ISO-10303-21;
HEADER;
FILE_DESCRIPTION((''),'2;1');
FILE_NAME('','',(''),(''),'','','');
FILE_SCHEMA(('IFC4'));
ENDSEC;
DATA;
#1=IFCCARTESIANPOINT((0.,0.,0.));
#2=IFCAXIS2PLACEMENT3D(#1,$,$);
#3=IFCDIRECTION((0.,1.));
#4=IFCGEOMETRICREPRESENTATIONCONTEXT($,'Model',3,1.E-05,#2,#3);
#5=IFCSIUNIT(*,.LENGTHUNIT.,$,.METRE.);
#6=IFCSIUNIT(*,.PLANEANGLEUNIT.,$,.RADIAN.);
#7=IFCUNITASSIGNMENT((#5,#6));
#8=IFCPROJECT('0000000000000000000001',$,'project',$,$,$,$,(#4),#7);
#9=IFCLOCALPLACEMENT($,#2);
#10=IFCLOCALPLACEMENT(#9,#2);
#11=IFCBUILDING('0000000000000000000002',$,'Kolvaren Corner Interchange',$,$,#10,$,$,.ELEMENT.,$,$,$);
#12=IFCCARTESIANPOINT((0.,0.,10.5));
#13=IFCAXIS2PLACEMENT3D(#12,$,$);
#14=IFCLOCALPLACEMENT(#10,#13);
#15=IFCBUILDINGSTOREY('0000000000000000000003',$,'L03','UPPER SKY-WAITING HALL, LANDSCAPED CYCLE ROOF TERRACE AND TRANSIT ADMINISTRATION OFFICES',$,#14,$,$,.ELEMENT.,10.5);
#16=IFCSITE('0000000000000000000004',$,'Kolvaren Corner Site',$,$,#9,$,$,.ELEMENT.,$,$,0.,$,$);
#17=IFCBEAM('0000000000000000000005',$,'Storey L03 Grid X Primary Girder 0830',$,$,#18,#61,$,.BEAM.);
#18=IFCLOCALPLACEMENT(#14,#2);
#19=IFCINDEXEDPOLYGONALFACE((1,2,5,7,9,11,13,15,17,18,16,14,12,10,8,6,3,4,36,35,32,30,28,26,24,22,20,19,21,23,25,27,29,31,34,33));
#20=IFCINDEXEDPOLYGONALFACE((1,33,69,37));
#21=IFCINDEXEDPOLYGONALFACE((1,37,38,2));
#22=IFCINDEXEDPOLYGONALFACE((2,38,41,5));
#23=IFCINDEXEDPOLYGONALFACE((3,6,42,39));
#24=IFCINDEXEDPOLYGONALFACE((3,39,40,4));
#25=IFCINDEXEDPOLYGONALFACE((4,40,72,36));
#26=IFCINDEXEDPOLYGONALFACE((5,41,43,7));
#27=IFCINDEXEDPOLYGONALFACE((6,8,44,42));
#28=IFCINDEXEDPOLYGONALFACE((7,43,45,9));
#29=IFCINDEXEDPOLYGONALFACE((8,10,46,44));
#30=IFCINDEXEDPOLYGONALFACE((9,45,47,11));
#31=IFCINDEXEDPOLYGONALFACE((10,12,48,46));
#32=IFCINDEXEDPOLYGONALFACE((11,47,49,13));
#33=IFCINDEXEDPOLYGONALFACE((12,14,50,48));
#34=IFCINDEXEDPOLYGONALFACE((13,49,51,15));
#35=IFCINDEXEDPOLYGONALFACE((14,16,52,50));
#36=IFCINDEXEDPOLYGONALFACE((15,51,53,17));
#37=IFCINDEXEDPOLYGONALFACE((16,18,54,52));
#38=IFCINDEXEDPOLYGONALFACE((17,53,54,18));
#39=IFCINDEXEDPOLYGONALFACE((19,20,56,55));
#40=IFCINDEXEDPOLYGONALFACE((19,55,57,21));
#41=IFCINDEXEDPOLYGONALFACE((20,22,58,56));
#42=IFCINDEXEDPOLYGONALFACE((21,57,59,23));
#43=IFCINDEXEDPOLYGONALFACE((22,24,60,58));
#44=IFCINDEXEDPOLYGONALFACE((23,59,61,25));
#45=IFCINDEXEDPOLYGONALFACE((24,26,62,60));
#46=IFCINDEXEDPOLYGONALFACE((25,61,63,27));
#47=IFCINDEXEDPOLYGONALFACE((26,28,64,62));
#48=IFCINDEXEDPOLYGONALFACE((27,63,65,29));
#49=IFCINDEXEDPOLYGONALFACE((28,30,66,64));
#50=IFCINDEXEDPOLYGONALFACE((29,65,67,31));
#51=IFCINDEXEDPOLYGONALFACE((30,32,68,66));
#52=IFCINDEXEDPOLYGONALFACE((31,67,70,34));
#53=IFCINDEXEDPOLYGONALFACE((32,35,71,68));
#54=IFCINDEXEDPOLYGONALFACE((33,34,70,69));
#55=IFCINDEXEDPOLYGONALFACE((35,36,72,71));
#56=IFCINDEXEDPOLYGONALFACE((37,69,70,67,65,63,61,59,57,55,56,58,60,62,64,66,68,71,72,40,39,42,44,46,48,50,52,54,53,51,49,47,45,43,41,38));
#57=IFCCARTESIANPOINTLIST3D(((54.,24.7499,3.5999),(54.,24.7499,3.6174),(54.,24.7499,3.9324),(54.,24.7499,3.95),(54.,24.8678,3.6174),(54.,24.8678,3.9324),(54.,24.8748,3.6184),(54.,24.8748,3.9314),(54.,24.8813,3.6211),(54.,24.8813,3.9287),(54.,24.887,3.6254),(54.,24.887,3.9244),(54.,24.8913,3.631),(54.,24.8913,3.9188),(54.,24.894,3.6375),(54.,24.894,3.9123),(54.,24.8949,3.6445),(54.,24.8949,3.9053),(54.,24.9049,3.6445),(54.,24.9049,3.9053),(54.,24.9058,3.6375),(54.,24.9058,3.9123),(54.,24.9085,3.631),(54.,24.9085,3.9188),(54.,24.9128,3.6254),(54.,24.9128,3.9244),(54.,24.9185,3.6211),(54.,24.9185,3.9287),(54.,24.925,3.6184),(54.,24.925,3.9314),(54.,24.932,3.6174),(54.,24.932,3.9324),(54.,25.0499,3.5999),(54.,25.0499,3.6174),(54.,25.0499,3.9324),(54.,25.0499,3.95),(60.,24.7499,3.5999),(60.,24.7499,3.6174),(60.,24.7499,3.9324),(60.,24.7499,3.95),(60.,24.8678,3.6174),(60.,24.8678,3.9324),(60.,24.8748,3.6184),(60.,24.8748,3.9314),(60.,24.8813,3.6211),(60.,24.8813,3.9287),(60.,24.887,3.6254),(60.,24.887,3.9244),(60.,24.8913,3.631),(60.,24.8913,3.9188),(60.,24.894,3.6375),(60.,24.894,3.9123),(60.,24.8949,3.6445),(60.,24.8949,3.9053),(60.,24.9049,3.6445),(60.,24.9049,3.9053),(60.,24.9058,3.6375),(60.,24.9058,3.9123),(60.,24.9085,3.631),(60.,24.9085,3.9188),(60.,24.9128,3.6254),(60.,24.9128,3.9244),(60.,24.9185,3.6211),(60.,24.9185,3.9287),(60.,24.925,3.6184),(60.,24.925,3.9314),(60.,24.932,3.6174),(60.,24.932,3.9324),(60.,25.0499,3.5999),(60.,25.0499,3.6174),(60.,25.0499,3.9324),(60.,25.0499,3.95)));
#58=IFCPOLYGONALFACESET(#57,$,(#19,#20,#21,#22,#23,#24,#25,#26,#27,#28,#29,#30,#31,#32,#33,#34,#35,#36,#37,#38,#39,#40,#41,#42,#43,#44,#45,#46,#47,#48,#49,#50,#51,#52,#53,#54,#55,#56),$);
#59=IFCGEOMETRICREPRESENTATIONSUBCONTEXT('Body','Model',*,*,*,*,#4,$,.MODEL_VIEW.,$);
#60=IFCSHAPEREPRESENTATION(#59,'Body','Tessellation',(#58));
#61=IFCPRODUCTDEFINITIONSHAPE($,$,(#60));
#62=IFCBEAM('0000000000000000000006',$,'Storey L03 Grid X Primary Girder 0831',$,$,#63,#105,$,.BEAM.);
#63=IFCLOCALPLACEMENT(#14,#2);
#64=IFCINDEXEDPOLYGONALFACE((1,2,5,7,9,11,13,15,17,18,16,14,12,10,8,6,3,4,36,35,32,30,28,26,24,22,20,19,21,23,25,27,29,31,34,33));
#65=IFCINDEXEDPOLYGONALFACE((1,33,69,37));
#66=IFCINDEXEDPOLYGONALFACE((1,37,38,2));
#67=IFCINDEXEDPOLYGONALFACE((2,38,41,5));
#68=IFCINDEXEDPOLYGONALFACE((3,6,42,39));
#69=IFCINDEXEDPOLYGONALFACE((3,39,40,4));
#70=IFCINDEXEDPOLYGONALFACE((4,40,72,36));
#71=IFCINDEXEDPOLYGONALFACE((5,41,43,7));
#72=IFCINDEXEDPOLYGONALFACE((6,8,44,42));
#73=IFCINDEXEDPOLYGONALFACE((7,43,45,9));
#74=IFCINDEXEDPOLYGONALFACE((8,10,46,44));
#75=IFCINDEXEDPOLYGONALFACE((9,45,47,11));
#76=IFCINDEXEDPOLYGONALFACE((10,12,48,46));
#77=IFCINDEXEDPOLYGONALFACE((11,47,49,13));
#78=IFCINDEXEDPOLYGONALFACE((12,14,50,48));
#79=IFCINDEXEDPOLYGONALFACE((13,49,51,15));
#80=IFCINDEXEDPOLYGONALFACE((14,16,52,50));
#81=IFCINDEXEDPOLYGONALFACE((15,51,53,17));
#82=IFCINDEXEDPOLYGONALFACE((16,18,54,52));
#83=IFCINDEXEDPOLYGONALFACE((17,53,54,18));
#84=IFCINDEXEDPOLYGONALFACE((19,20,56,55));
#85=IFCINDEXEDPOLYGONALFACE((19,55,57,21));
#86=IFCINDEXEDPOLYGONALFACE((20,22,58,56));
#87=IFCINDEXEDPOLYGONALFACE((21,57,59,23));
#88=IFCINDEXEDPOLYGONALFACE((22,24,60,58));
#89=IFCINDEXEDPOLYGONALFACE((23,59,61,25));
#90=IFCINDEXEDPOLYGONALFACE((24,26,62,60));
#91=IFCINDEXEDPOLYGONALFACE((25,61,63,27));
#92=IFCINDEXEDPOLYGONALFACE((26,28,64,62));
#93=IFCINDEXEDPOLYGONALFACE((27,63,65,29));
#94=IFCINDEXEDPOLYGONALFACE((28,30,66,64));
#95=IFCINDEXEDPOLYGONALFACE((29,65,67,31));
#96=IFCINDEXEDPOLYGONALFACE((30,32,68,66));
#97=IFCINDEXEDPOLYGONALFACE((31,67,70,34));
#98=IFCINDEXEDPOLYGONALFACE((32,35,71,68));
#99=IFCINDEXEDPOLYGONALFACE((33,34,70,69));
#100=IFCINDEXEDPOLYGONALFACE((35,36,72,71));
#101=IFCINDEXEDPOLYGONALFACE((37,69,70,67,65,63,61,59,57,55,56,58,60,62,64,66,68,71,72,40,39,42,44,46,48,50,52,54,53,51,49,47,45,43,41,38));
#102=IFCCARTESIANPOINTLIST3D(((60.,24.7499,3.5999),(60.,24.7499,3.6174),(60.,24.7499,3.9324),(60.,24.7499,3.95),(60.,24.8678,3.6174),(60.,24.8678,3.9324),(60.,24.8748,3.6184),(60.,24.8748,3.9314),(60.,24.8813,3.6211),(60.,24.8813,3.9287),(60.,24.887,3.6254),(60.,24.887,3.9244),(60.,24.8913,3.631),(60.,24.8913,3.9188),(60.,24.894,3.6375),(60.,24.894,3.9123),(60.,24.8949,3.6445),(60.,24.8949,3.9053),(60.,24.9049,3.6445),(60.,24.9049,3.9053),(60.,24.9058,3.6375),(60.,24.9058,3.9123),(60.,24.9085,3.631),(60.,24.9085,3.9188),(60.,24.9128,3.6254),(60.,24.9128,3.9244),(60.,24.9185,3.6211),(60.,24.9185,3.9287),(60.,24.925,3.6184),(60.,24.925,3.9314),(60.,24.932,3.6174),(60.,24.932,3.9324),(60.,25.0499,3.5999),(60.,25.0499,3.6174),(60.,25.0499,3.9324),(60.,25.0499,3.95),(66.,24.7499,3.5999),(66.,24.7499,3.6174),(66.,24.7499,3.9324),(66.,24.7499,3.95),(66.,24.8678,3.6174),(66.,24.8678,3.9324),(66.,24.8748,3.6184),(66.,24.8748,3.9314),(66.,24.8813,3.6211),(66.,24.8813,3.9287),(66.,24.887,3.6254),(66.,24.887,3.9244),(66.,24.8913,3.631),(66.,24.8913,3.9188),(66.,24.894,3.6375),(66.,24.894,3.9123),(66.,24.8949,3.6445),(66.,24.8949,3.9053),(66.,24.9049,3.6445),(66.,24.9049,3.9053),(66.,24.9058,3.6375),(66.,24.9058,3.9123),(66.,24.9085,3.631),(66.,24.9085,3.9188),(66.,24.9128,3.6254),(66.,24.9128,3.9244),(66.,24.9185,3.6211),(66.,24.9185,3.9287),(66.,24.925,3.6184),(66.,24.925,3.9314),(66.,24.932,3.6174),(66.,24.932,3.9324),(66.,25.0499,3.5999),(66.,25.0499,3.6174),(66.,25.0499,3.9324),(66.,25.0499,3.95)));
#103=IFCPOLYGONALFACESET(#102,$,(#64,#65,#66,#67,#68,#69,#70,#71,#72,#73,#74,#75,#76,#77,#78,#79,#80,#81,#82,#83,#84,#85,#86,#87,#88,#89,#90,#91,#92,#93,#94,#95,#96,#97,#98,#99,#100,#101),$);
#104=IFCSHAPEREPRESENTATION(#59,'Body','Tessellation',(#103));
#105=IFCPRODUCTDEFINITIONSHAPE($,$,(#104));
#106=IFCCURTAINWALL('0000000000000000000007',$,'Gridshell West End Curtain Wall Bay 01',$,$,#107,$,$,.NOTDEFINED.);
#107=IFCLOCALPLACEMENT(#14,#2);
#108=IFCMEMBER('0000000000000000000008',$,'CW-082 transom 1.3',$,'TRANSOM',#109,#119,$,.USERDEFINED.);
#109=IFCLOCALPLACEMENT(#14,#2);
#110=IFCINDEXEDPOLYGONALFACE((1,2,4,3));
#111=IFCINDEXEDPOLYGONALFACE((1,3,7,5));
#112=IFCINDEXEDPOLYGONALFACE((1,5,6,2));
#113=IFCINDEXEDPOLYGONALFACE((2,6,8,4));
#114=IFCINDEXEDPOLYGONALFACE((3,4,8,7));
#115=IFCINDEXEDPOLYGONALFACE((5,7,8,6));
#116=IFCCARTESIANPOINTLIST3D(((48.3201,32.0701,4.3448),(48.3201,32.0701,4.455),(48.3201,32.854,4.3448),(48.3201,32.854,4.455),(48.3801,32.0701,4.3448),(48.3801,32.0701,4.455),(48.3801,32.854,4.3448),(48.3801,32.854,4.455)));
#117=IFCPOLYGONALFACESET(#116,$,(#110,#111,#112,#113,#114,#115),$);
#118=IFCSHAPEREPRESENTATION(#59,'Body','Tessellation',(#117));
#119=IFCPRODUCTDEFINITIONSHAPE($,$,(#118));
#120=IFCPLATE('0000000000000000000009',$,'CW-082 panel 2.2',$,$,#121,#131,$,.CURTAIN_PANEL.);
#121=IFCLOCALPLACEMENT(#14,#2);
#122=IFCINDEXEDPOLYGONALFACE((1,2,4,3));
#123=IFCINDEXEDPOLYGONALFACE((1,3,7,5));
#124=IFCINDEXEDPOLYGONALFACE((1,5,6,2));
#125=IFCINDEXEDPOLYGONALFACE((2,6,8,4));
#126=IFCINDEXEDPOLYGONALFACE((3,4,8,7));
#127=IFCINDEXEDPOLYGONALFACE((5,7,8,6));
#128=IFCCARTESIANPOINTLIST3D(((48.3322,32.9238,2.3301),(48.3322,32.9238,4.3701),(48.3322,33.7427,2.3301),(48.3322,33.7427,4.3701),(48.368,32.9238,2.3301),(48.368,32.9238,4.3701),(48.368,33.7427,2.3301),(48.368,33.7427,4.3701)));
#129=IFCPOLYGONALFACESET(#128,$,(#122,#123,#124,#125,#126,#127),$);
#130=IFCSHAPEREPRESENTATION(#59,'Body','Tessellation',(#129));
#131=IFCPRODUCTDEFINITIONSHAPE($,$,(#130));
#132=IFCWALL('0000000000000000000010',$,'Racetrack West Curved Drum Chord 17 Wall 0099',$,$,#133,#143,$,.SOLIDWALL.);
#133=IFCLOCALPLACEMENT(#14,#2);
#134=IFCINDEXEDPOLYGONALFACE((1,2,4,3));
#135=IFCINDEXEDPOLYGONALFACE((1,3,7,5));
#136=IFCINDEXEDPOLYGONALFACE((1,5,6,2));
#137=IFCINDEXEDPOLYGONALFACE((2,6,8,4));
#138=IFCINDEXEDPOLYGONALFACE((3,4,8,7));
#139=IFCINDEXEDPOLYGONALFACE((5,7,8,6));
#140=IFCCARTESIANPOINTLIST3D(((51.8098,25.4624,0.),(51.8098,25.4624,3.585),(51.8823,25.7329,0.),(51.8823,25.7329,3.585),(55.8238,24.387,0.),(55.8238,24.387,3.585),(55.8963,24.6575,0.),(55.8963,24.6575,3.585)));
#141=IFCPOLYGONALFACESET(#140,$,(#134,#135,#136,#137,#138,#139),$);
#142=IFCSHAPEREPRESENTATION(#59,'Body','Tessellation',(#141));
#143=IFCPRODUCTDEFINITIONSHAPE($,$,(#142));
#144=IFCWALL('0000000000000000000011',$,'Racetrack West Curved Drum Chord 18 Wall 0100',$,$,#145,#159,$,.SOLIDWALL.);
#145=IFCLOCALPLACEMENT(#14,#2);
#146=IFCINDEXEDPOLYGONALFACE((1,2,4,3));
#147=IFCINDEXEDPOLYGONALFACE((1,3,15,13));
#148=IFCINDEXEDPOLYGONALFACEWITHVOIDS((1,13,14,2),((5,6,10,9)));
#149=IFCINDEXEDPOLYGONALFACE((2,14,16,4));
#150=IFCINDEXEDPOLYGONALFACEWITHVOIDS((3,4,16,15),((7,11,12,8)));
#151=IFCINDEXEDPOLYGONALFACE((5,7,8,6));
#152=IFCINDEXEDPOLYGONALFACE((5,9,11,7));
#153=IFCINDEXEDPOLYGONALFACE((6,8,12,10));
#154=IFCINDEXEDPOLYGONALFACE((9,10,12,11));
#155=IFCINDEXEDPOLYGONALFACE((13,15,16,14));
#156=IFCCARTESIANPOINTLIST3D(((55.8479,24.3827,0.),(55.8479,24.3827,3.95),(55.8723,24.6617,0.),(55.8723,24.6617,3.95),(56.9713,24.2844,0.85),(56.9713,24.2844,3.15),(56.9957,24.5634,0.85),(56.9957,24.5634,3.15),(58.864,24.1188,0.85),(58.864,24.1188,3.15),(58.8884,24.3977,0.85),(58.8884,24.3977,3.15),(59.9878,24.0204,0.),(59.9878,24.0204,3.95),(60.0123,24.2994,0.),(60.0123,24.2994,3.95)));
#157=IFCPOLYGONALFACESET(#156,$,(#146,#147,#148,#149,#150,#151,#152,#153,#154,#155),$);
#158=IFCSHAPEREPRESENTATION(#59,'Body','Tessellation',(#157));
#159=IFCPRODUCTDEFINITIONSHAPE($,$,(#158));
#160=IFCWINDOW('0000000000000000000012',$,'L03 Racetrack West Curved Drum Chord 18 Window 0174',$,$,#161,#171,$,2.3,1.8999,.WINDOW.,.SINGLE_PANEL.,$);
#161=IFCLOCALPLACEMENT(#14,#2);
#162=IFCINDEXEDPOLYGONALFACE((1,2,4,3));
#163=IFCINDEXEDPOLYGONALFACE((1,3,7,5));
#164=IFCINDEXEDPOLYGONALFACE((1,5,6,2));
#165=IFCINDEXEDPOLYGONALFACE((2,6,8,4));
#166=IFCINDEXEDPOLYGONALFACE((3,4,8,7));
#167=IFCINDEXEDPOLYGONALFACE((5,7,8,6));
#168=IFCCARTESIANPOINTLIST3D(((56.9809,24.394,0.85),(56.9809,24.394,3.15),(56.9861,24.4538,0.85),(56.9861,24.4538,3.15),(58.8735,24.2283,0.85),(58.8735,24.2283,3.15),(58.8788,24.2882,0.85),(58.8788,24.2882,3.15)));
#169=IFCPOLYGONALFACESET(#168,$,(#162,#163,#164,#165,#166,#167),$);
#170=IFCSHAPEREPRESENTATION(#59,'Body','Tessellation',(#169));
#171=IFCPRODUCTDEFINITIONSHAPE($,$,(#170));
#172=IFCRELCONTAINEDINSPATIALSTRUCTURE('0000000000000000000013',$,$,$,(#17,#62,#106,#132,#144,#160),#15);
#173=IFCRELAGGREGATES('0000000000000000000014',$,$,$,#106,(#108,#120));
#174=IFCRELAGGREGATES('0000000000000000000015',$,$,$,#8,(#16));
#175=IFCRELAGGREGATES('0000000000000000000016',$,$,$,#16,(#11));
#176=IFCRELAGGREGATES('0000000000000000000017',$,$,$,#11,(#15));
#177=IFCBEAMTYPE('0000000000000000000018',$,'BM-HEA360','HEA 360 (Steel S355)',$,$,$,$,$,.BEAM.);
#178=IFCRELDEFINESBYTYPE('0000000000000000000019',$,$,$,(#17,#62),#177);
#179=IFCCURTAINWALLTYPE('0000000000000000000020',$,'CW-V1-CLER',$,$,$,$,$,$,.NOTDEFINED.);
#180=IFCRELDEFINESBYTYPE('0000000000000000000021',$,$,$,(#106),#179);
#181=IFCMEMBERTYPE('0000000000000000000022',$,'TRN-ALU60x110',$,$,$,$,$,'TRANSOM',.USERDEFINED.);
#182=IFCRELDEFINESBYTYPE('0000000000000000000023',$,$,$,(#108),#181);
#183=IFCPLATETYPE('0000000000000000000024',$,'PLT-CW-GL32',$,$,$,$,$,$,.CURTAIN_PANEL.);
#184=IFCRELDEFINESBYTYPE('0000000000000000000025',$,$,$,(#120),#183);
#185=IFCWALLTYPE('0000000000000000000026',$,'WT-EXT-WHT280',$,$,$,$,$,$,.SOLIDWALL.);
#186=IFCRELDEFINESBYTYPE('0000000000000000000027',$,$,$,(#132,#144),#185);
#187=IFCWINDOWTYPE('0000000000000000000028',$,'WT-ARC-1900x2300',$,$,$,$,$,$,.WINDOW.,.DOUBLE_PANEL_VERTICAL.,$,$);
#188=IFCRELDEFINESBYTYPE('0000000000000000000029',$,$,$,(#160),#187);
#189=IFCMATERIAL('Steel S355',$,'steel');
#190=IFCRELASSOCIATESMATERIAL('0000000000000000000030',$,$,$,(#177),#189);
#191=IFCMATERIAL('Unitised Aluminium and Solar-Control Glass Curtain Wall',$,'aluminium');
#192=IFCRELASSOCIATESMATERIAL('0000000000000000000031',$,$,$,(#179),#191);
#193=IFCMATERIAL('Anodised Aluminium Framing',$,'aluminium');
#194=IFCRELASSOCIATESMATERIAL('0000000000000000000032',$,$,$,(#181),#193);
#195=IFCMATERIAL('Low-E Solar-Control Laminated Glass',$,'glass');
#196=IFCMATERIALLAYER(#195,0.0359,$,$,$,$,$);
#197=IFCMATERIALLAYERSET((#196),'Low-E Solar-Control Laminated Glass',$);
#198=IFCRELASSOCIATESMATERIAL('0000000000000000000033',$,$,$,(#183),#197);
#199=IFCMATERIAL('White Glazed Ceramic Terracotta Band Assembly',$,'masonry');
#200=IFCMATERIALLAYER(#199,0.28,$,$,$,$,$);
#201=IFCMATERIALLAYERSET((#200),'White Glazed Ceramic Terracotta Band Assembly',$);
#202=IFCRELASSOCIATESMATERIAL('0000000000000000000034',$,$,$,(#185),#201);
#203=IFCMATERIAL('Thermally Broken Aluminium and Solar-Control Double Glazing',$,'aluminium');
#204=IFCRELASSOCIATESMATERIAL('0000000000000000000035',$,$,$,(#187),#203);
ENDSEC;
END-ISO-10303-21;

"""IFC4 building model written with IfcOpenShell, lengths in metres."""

from ifc_helpers import new_model, si_unit, direction, frame, frame_2d, origin, origin_2d, place, context, subcontext, project, spatial, rectangle, i_section, extrude, material, layer, layer_set, material_profile, profile_set, type_object, element, fill, aggregate, save


model = new_model("IFC4")

# Units and contexts
model_context = context("Model", 3, precision=1e-05, world=origin(), true_north=direction((0.0, 1.0)))
body_context = subcontext(model_context, "Body", "Model", "MODEL_VIEW")
ifc_project = project(units=[si_unit("LENGTHUNIT", "METRE"), si_unit("PLANEANGLEUNIT", "RADIAN")], contexts=[model_context])

# Site, building, storey
site_placement = place(None, origin())
site = spatial("IfcSite", under=ifc_project, at=site_placement, Name="Kolvaren Corner Site", CompositionType="ELEMENT", RefElevation=0.0)
building_placement = place(site_placement, origin())
building = spatial("IfcBuilding", under=site, at=building_placement, Name="Kolvaren Corner Interchange", CompositionType="ELEMENT")
storey_placement = place(building_placement, frame((0.0, 0.0, 10.5)))
storey = spatial("IfcBuildingStorey", under=building, at=storey_placement, Name="L03", Description="UPPER SKY-WAITING HALL, LANDSCAPED CYCLE ROOF TERRACE AND TRANSIT ADMINISTRATION OFFICES", CompositionType="ELEMENT", Elevation=10.5)

# Beams
ifc_material_1 = material(Name="Steel S355", Category="steel")
ifc_material_profile_1 = material_profile(ifc_material_1, i_section(OverallWidth=0.3, OverallDepth=0.3501, WebThickness=0.01, FlangeThickness=0.0176, FilletRadius=0.0271, at=origin_2d()), Name="HEA 360")
ifc_profile_set_1 = profile_set([ifc_material_profile_1], Name="Steel S355")
beam_type = type_object("IfcBeamType", Name="BM-HEA360", Description="HEA 360 (Steel S355)", PredefinedType="BEAM", material=ifc_profile_set_1)
for number, where, z_axis, x_axis, name in (
    (1, (54.0, 24.8999, 3.7749), (1.0, 0.0, 0.0), (0.0, 1.0, 0.0), "Storey L03 Grid X Primary Girder 0830"),
    (2, (60.0, 24.8999, 3.7749), (1.0, 0.0, 0.0), (0.0, 1.0, 0.0), "Storey L03 Grid X Primary Girder 0831"),
):
    element("IfcBeam", number, at=place(storey_placement, frame(where, z_axis=z_axis, x_axis=x_axis)), inside=storey, type_object=beam_type, Name=name, PredefinedType="BEAM", context=body_context, shape_type="SweptSolid", body=[
        extrude(i_section(OverallWidth=0.3, OverallDepth=0.3501, WebThickness=0.01, FlangeThickness=0.0176, FilletRadius=0.0271, at=origin_2d()), origin(), (0.0, 0.0, 1.0), 6.0),
    ])

# Curtain wall, member, plate
ifc_material_2 = material(Name="Unitised Aluminium and Solar-Control Glass Curtain Wall", Category="aluminium")
curtain_wall_type = type_object("IfcCurtainWallType", Name="CW-V1-CLER", PredefinedType="NOTDEFINED", material=ifc_material_2)
curtain_wall_placement = place(storey_placement, origin())
curtain_wall = element("IfcCurtainWall", 3, at=curtain_wall_placement, inside=storey, type_object=curtain_wall_type, Name="Gridshell West End Curtain Wall Bay 01", PredefinedType="NOTDEFINED")
ifc_material_3 = material(Name="Anodised Aluminium Framing", Category="aluminium")
ifc_material_profile_2 = material_profile(ifc_material_3, rectangle(XDim=0.0601, YDim=0.1101, at=origin_2d()), Name="ALU 60x110")
ifc_profile_set_2 = profile_set([ifc_material_profile_2], Name="Anodised Aluminium Framing")
member_type = type_object("IfcMemberType", Name="TRN-ALU60x110", ElementType="TRANSOM", PredefinedType="USERDEFINED", material=ifc_profile_set_2)
member_placement = place(storey_placement, frame((48.3501, 32.0701, 4.3999), z_axis=(0.0, 1.0, 0.0), x_axis=(-1.0, 0.0, 0.0)))
member = element("IfcMember", 4, at=member_placement, type_object=member_type, Name="CW-082 transom 1.3", ObjectType="TRANSOM", PredefinedType="USERDEFINED", context=body_context, shape_type="SweptSolid", body=[
    extrude(rectangle(XDim=0.0601, YDim=0.1101, at=origin_2d()), origin(), (0.0, 0.0, 1.0), 0.7839),
])
ifc_material_4 = material(Name="Low-E Solar-Control Laminated Glass", Category="glass")
ifc_layer_1 = layer(ifc_material_4, 0.0359)
ifc_layer_set_1 = layer_set([ifc_layer_1], Name="Low-E Solar-Control Laminated Glass")
plate_type = type_object("IfcPlateType", Name="PLT-CW-GL32", PredefinedType="CURTAIN_PANEL", material=ifc_layer_set_1)
plate_placement = place(storey_placement, frame((48.3501, 33.3333, 2.3301), z_axis=(0.0, 0.0, 1.0), x_axis=(0.0, 1.0, 0.0)))
plate = element("IfcPlate", 5, at=plate_placement, type_object=plate_type, Name="CW-082 panel 2.2", PredefinedType="CURTAIN_PANEL", context=body_context, shape_type="SweptSolid", body=[
    extrude(rectangle(XDim=0.8188, YDim=0.0359, at=origin_2d()), origin(), (0.0, 0.0, 1.0), 2.04),
])
aggregate(curtain_wall, [member, plate])

# Wall
ifc_material_5 = material(Name="White Glazed Ceramic Terracotta Band Assembly", Category="masonry")
ifc_layer_2 = layer(ifc_material_5, 0.28)
ifc_layer_set_2 = layer_set([ifc_layer_2], Name="White Glazed Ceramic Terracotta Band Assembly")
wall_type_1 = type_object("IfcWallType", Name="WT-EXT-WHT280", PredefinedType="SOLIDWALL", material=ifc_layer_set_2)
wall_1_placement = place(storey_placement, frame((51.8462, 25.5977, 0.0), z_axis=(0.0, 0.0, 1.0), x_axis=(0.965931, -0.2588, 0.0)))
element("IfcWall", 6, at=wall_1_placement, inside=storey, type_object=wall_type_1, Name="Racetrack West Curved Drum Chord 17 Wall 0099", PredefinedType="SOLIDWALL", context=body_context, shape_type="SweptSolid", body=[
    extrude(rectangle(XDim=4.1555, YDim=0.28, at=frame_2d((2.0776, 0.0))), origin(), (0.0, 0.0, 1.0), 3.585),
])

# Wall, opening, window
wall_2_placement = place(storey_placement, frame((55.8601, 24.5222, 0.0), z_axis=(0.0, 0.0, 1.0), x_axis=(0.996192, -0.087182, 0.0)))
wall_2 = element("IfcWall", 7, at=wall_2_placement, inside=storey, type_object=wall_type_1, Name="Racetrack West Curved Drum Chord 18 Wall 0100", PredefinedType="SOLIDWALL", context=body_context, shape_type="SweptSolid", body=[
    extrude(rectangle(XDim=4.1558, YDim=0.28, at=frame_2d((2.0779, 0.0))), origin(), (0.0, 0.0, 1.0), 3.95),
])
opening_1_placement = place(wall_2_placement, frame((1.1277, 0.0, 0.8501)))
opening_1 = element("IfcOpeningElement", 8, at=opening_1_placement, cuts=wall_2, PredefinedType="OPENING", context=body_context, shape_type="SweptSolid", body=[
    extrude(rectangle(XDim=1.8999, YDim=2.3, at=frame_2d((0.95, 1.1499))), frame((0.0, 0.1499, 0.0), z_axis=(0.0, -1.0, 0.0), x_axis=(1.0, 0.0, 0.0)), (0.0, 0.0, 1.0), 0.3),
])
ifc_material_6 = material(Name="Thermally Broken Aluminium and Solar-Control Double Glazing", Category="aluminium")
window_type_1 = type_object("IfcWindowType", Name="WT-ARC-1900x2300", PartitioningType="DOUBLE_PANEL_VERTICAL", PredefinedType="WINDOW", material=ifc_material_6)
window_1_placement = place(opening_1_placement, origin())
window_1 = element("IfcWindow", 9, at=window_1_placement, inside=storey, type_object=window_type_1, Name="L03 Racetrack West Curved Drum Chord 18 Window 0174", OverallHeight=2.3, OverallWidth=1.8999, PartitioningType="SINGLE_PANEL", PredefinedType="WINDOW", context=body_context, shape_type="SweptSolid", body=[
    extrude(rectangle(XDim=1.8999, YDim=2.3, at=frame_2d((0.95, 1.1499))), frame((0.0, 0.03, 0.0), z_axis=(0.0, -1.0, 0.0), x_axis=(1.0, 0.0, 0.0)), (0.0, 0.0, 1.0), 0.0601),
])
fill(opening_1, window_1)

save(model, "model.ifc")
